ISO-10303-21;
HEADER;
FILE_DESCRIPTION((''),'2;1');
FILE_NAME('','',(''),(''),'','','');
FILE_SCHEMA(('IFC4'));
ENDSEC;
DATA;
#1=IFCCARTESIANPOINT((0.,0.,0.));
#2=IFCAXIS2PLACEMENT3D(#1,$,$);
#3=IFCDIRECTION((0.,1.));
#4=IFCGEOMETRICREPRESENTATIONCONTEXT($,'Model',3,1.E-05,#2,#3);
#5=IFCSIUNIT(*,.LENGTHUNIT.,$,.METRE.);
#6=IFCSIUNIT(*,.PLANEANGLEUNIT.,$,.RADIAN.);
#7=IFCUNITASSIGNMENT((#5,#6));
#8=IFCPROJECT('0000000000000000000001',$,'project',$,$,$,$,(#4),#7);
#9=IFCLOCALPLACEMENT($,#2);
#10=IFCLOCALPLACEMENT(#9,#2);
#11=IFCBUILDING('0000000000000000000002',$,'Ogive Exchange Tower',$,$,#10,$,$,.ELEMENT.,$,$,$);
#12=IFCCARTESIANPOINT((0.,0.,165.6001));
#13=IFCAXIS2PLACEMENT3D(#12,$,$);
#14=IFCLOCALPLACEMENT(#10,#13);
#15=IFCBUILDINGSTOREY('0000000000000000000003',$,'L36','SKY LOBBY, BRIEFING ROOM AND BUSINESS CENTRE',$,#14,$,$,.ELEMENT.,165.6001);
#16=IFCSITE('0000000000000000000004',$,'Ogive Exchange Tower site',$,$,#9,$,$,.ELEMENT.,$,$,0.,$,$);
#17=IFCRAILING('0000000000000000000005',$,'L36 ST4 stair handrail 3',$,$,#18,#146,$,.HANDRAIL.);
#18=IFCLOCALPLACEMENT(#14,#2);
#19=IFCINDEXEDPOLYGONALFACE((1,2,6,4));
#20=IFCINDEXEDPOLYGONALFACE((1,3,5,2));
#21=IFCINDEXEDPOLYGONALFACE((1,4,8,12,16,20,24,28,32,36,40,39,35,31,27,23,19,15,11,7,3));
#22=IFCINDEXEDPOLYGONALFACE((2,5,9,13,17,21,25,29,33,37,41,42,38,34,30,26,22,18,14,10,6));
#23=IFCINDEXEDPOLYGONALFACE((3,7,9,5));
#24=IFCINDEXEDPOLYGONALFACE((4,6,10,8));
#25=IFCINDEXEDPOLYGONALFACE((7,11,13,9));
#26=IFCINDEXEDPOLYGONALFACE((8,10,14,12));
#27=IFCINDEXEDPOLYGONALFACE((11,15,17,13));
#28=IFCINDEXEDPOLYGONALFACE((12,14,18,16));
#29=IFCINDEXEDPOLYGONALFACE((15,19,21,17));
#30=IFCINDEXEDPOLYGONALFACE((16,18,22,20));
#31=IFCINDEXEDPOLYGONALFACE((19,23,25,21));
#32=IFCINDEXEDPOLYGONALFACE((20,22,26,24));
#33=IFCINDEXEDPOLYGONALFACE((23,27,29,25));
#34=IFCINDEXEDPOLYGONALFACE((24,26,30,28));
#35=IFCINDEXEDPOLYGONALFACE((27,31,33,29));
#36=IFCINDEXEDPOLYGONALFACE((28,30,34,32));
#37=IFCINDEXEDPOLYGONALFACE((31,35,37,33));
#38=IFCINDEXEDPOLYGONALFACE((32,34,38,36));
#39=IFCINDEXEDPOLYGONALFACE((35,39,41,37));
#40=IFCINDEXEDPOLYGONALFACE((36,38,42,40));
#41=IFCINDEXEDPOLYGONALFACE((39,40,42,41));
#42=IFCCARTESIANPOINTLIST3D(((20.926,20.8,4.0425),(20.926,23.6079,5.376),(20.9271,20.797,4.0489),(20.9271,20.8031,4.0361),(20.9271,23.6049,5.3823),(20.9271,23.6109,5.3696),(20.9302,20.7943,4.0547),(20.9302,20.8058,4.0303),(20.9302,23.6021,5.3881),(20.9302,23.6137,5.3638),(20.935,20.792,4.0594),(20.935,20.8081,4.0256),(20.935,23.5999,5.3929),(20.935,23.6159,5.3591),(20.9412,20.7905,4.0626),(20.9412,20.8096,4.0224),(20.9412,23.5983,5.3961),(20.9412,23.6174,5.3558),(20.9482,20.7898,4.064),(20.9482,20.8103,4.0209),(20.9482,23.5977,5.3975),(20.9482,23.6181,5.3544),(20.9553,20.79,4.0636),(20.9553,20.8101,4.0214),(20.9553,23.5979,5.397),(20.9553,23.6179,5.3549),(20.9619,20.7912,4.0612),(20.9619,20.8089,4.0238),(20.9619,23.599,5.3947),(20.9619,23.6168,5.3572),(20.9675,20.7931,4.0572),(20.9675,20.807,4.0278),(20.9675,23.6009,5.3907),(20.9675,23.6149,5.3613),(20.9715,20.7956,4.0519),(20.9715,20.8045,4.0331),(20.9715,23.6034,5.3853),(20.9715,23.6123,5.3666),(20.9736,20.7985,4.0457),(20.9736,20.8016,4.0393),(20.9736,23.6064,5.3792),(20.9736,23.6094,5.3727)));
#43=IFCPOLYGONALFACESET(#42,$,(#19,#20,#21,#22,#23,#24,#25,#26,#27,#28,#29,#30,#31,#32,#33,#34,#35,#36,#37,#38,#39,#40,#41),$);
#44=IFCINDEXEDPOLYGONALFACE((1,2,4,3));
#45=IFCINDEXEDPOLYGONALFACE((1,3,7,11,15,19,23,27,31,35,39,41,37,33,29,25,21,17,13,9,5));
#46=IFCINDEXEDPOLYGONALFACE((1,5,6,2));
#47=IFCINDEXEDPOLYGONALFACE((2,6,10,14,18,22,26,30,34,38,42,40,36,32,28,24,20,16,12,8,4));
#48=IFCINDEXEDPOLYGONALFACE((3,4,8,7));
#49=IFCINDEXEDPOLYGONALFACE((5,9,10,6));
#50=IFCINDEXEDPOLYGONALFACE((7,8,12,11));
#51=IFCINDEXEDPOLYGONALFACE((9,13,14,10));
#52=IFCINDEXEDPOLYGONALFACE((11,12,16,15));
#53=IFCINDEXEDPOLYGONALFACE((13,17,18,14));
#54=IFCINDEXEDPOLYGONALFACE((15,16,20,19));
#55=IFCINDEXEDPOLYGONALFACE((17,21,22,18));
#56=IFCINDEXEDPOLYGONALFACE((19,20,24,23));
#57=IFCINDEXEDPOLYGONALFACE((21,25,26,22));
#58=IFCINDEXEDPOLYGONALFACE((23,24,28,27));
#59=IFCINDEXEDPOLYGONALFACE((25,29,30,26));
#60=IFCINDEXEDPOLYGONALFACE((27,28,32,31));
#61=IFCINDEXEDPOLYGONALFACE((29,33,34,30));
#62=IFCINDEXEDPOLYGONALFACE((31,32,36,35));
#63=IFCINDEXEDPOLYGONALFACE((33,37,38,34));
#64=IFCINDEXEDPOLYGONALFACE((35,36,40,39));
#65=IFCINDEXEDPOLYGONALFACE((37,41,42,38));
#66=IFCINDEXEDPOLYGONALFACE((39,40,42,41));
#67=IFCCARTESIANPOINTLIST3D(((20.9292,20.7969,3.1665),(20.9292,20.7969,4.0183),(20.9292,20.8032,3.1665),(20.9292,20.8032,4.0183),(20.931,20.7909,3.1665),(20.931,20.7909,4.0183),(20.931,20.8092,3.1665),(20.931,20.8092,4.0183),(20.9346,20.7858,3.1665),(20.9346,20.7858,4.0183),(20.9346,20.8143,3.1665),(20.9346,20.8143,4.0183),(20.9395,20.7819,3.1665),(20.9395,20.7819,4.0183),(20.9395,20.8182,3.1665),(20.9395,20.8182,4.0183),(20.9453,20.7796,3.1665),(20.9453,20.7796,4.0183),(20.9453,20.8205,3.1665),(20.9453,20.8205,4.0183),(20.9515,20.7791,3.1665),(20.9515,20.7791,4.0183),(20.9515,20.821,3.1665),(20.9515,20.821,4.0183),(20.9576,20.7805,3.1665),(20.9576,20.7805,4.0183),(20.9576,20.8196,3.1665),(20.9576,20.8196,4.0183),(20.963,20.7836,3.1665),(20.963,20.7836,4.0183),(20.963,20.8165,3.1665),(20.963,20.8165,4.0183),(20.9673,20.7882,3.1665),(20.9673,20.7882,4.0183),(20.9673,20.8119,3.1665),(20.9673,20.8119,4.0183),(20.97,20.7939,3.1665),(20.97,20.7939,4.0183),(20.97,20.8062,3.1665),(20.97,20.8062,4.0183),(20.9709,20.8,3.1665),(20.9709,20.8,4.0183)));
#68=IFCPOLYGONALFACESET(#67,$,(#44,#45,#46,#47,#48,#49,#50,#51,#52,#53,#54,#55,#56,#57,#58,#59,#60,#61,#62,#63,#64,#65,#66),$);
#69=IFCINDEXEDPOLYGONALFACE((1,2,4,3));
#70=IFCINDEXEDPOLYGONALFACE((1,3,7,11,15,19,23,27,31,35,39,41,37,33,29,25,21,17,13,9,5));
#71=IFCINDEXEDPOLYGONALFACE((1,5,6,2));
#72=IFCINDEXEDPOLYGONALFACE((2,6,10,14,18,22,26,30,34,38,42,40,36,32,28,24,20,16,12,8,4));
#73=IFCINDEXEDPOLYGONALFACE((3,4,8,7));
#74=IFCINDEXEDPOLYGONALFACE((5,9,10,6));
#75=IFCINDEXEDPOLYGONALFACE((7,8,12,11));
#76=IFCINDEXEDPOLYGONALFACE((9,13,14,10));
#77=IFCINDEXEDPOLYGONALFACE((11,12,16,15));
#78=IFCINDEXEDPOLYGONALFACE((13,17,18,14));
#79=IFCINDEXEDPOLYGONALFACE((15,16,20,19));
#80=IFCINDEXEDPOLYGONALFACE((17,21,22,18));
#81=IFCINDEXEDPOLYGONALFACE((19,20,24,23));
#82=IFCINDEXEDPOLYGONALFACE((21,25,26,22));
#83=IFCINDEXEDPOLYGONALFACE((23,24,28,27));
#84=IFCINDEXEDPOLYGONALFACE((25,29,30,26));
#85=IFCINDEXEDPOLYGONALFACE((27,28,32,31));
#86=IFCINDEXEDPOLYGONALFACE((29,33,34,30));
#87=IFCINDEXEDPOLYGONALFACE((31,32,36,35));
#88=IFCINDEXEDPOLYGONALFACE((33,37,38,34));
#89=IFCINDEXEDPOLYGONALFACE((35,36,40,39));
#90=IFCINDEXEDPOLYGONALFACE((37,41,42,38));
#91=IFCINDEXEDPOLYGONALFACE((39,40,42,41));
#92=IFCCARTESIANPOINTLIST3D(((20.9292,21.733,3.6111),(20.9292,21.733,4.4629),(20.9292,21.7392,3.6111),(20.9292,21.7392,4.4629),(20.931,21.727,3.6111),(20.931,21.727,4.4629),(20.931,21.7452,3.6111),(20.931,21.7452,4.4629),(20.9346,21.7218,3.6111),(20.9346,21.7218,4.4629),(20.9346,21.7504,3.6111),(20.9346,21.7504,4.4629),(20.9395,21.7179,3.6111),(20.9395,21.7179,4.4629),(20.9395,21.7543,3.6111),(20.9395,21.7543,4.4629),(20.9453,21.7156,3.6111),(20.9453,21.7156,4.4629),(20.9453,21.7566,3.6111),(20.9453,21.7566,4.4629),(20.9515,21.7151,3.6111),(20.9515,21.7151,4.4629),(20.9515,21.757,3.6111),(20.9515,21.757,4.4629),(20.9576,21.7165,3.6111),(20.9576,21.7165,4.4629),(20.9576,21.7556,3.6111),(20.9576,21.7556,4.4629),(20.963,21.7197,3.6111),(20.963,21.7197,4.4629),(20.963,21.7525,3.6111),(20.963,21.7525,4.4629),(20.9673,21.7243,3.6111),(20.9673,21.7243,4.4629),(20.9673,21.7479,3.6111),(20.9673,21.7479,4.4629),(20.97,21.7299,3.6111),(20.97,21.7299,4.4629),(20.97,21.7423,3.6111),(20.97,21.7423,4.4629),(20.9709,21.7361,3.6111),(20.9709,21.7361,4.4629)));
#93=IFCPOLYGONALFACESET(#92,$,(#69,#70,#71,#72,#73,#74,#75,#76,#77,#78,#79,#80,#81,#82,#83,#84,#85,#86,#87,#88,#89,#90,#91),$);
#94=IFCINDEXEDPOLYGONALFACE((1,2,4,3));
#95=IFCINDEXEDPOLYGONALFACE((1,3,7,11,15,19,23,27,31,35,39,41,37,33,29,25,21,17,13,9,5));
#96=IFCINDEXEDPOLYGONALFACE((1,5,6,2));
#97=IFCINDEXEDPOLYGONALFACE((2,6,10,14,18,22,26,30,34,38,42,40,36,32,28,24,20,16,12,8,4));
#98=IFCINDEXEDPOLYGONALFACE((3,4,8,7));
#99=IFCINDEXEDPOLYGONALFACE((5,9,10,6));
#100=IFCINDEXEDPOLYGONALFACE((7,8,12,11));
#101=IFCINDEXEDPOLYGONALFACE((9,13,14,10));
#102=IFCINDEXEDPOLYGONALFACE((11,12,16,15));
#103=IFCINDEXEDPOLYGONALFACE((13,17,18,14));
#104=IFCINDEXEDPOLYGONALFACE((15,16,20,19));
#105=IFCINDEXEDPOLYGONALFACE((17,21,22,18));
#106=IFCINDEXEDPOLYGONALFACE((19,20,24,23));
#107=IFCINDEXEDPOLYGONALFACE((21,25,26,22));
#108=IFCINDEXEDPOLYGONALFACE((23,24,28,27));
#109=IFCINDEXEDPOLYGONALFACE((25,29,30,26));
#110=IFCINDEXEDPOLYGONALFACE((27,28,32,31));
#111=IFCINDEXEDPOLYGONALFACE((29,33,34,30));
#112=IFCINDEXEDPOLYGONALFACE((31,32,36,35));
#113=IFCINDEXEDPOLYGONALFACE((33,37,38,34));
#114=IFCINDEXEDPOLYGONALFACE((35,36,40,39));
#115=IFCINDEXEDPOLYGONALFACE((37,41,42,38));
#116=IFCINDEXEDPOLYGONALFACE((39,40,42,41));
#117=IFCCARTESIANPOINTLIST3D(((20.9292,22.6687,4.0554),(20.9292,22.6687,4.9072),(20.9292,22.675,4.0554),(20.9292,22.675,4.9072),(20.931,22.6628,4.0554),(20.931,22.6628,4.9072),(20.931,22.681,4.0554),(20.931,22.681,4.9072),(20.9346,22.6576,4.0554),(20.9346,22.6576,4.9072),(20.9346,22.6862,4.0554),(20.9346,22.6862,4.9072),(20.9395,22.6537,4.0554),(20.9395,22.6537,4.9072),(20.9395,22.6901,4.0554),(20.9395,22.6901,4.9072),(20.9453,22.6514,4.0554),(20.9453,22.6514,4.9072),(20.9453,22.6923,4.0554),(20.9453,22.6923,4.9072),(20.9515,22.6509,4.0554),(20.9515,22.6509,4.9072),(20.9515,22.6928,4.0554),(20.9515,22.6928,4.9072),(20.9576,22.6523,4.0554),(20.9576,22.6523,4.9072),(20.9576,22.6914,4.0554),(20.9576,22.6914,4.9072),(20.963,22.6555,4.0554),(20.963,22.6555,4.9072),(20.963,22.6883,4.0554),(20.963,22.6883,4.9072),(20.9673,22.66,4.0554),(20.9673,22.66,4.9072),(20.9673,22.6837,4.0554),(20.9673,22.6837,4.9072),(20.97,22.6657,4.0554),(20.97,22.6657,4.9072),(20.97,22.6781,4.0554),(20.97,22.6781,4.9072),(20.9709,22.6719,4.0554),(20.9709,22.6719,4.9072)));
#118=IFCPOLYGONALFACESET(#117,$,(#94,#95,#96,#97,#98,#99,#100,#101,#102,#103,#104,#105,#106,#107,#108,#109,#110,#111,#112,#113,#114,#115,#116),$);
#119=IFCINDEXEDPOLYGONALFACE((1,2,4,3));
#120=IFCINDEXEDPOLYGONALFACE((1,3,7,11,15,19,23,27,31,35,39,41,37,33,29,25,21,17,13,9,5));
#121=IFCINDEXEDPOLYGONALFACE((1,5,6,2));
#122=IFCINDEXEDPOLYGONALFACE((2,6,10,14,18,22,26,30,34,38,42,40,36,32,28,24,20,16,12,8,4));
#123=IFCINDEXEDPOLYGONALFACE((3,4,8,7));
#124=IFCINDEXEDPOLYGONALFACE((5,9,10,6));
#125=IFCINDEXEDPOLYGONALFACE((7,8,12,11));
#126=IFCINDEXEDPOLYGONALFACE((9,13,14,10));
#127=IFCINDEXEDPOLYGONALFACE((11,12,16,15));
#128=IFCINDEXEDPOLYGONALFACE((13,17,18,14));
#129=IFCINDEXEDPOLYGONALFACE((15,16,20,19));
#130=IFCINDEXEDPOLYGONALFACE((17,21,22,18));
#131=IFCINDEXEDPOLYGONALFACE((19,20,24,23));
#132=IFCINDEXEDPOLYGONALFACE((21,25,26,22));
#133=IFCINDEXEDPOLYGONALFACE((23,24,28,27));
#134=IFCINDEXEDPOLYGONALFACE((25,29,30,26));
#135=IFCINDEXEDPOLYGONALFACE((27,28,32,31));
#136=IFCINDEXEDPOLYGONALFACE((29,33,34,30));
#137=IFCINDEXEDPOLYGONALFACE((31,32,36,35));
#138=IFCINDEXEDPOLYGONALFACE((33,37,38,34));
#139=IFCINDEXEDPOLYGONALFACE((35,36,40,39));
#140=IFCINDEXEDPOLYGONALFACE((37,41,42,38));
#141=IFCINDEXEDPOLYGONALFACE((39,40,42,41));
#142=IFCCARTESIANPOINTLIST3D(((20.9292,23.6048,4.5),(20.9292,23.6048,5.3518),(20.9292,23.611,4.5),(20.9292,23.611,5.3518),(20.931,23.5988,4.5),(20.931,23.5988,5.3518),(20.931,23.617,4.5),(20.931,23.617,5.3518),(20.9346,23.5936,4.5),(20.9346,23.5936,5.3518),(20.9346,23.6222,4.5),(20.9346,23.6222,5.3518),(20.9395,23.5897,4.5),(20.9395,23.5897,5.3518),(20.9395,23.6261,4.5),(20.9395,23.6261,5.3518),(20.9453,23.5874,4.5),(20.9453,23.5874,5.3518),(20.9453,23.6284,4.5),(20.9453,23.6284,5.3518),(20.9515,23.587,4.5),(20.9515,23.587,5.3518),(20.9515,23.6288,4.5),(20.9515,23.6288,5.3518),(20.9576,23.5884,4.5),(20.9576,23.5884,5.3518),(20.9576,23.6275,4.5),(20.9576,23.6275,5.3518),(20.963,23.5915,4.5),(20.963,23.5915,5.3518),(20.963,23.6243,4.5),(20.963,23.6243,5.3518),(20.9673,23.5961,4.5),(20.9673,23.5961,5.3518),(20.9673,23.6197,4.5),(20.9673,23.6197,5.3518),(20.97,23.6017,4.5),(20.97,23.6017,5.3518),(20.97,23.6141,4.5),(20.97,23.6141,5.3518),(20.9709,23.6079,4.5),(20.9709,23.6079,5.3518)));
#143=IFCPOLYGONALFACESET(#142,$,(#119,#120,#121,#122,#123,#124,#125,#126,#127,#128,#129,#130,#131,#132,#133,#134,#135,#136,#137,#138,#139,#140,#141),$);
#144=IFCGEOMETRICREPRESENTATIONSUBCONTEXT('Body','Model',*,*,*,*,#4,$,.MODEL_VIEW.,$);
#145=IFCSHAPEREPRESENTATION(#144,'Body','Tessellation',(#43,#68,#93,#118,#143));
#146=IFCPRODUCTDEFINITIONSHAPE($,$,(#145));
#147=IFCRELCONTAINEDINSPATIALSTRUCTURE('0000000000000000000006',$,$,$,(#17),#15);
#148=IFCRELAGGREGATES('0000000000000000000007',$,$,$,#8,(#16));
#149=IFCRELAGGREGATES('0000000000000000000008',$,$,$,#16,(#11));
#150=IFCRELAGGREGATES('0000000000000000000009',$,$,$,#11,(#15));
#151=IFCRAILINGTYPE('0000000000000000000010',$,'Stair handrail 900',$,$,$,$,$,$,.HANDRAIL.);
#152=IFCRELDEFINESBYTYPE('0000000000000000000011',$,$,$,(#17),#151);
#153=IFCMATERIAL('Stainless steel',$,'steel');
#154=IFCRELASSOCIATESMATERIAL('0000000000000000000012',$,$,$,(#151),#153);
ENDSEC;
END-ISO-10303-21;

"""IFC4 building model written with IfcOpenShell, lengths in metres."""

from ifc_helpers import new_model, si_unit, direction, frame, origin, origin_2d, place, context, subcontext, project, spatial, circle, extrude, material, type_object, element, save


model = new_model("IFC4")

# Units and contexts
model_context = context("Model", 3, precision=1e-05, world=origin(), true_north=direction((0.0, 1.0)))
body_context = subcontext(model_context, "Body", "Model", "MODEL_VIEW")
ifc_project = project(units=[si_unit("LENGTHUNIT", "METRE"), si_unit("PLANEANGLEUNIT", "RADIAN")], contexts=[model_context])

# Site, building, storey
site_placement = place(None, origin())
site = spatial("IfcSite", under=ifc_project, at=site_placement, Name="Ogive Exchange Tower site", CompositionType="ELEMENT", RefElevation=0.0)
building_placement = place(site_placement, origin())
building = spatial("IfcBuilding", under=site, at=building_placement, Name="Ogive Exchange Tower", CompositionType="ELEMENT")
storey_placement = place(building_placement, frame((0.0, 0.0, 165.6001)))
storey = spatial("IfcBuildingStorey", under=building, at=storey_placement, Name="L36", Description="SKY LOBBY, BRIEFING ROOM AND BUSINESS CENTRE", CompositionType="ELEMENT", Elevation=165.6001)

# Railing
ifc_material_1 = material(Name="Stainless steel", Category="steel")
railing_type = type_object("IfcRailingType", Name="Stair handrail 900", PredefinedType="HANDRAIL", material=ifc_material_1)
for number, where, name in (
    (1, (20.95, 20.8, 3.1665), "L36 ST4 stair handrail 3"),
):
    element("IfcRailing", number, at=place(storey_placement, frame(where)), inside=storey, type_object=railing_type, Name=name, PredefinedType="HANDRAIL", context=body_context, shape_type="SweptSolid", body=[
        extrude(circle(Radius=0.0239, at=origin_2d()), frame((0.0, 0.0, 0.876), z_axis=(0.0, 0.903307, 0.428994), x_axis=(-1.0, 0.0, 0.0)), (0.0, 0.0, 1.0), 3.1084),
        extrude(circle(Radius=0.021, at=origin_2d()), origin(), (0.0, 0.0, 1.0), 0.8518),
        extrude(circle(Radius=0.021, at=origin_2d()), frame((0.0, 0.936, 0.4446)), (0.0, 0.0, 1.0), 0.8518),
        extrude(circle(Radius=0.021, at=origin_2d()), frame((0.0, 1.8718, 0.8889)), (0.0, 0.0, 1.0), 0.8518),
        extrude(circle(Radius=0.021, at=origin_2d()), frame((0.0, 2.8079, 1.3335)), (0.0, 0.0, 1.0), 0.8518),
    ])

save(model, "model.ifc")
